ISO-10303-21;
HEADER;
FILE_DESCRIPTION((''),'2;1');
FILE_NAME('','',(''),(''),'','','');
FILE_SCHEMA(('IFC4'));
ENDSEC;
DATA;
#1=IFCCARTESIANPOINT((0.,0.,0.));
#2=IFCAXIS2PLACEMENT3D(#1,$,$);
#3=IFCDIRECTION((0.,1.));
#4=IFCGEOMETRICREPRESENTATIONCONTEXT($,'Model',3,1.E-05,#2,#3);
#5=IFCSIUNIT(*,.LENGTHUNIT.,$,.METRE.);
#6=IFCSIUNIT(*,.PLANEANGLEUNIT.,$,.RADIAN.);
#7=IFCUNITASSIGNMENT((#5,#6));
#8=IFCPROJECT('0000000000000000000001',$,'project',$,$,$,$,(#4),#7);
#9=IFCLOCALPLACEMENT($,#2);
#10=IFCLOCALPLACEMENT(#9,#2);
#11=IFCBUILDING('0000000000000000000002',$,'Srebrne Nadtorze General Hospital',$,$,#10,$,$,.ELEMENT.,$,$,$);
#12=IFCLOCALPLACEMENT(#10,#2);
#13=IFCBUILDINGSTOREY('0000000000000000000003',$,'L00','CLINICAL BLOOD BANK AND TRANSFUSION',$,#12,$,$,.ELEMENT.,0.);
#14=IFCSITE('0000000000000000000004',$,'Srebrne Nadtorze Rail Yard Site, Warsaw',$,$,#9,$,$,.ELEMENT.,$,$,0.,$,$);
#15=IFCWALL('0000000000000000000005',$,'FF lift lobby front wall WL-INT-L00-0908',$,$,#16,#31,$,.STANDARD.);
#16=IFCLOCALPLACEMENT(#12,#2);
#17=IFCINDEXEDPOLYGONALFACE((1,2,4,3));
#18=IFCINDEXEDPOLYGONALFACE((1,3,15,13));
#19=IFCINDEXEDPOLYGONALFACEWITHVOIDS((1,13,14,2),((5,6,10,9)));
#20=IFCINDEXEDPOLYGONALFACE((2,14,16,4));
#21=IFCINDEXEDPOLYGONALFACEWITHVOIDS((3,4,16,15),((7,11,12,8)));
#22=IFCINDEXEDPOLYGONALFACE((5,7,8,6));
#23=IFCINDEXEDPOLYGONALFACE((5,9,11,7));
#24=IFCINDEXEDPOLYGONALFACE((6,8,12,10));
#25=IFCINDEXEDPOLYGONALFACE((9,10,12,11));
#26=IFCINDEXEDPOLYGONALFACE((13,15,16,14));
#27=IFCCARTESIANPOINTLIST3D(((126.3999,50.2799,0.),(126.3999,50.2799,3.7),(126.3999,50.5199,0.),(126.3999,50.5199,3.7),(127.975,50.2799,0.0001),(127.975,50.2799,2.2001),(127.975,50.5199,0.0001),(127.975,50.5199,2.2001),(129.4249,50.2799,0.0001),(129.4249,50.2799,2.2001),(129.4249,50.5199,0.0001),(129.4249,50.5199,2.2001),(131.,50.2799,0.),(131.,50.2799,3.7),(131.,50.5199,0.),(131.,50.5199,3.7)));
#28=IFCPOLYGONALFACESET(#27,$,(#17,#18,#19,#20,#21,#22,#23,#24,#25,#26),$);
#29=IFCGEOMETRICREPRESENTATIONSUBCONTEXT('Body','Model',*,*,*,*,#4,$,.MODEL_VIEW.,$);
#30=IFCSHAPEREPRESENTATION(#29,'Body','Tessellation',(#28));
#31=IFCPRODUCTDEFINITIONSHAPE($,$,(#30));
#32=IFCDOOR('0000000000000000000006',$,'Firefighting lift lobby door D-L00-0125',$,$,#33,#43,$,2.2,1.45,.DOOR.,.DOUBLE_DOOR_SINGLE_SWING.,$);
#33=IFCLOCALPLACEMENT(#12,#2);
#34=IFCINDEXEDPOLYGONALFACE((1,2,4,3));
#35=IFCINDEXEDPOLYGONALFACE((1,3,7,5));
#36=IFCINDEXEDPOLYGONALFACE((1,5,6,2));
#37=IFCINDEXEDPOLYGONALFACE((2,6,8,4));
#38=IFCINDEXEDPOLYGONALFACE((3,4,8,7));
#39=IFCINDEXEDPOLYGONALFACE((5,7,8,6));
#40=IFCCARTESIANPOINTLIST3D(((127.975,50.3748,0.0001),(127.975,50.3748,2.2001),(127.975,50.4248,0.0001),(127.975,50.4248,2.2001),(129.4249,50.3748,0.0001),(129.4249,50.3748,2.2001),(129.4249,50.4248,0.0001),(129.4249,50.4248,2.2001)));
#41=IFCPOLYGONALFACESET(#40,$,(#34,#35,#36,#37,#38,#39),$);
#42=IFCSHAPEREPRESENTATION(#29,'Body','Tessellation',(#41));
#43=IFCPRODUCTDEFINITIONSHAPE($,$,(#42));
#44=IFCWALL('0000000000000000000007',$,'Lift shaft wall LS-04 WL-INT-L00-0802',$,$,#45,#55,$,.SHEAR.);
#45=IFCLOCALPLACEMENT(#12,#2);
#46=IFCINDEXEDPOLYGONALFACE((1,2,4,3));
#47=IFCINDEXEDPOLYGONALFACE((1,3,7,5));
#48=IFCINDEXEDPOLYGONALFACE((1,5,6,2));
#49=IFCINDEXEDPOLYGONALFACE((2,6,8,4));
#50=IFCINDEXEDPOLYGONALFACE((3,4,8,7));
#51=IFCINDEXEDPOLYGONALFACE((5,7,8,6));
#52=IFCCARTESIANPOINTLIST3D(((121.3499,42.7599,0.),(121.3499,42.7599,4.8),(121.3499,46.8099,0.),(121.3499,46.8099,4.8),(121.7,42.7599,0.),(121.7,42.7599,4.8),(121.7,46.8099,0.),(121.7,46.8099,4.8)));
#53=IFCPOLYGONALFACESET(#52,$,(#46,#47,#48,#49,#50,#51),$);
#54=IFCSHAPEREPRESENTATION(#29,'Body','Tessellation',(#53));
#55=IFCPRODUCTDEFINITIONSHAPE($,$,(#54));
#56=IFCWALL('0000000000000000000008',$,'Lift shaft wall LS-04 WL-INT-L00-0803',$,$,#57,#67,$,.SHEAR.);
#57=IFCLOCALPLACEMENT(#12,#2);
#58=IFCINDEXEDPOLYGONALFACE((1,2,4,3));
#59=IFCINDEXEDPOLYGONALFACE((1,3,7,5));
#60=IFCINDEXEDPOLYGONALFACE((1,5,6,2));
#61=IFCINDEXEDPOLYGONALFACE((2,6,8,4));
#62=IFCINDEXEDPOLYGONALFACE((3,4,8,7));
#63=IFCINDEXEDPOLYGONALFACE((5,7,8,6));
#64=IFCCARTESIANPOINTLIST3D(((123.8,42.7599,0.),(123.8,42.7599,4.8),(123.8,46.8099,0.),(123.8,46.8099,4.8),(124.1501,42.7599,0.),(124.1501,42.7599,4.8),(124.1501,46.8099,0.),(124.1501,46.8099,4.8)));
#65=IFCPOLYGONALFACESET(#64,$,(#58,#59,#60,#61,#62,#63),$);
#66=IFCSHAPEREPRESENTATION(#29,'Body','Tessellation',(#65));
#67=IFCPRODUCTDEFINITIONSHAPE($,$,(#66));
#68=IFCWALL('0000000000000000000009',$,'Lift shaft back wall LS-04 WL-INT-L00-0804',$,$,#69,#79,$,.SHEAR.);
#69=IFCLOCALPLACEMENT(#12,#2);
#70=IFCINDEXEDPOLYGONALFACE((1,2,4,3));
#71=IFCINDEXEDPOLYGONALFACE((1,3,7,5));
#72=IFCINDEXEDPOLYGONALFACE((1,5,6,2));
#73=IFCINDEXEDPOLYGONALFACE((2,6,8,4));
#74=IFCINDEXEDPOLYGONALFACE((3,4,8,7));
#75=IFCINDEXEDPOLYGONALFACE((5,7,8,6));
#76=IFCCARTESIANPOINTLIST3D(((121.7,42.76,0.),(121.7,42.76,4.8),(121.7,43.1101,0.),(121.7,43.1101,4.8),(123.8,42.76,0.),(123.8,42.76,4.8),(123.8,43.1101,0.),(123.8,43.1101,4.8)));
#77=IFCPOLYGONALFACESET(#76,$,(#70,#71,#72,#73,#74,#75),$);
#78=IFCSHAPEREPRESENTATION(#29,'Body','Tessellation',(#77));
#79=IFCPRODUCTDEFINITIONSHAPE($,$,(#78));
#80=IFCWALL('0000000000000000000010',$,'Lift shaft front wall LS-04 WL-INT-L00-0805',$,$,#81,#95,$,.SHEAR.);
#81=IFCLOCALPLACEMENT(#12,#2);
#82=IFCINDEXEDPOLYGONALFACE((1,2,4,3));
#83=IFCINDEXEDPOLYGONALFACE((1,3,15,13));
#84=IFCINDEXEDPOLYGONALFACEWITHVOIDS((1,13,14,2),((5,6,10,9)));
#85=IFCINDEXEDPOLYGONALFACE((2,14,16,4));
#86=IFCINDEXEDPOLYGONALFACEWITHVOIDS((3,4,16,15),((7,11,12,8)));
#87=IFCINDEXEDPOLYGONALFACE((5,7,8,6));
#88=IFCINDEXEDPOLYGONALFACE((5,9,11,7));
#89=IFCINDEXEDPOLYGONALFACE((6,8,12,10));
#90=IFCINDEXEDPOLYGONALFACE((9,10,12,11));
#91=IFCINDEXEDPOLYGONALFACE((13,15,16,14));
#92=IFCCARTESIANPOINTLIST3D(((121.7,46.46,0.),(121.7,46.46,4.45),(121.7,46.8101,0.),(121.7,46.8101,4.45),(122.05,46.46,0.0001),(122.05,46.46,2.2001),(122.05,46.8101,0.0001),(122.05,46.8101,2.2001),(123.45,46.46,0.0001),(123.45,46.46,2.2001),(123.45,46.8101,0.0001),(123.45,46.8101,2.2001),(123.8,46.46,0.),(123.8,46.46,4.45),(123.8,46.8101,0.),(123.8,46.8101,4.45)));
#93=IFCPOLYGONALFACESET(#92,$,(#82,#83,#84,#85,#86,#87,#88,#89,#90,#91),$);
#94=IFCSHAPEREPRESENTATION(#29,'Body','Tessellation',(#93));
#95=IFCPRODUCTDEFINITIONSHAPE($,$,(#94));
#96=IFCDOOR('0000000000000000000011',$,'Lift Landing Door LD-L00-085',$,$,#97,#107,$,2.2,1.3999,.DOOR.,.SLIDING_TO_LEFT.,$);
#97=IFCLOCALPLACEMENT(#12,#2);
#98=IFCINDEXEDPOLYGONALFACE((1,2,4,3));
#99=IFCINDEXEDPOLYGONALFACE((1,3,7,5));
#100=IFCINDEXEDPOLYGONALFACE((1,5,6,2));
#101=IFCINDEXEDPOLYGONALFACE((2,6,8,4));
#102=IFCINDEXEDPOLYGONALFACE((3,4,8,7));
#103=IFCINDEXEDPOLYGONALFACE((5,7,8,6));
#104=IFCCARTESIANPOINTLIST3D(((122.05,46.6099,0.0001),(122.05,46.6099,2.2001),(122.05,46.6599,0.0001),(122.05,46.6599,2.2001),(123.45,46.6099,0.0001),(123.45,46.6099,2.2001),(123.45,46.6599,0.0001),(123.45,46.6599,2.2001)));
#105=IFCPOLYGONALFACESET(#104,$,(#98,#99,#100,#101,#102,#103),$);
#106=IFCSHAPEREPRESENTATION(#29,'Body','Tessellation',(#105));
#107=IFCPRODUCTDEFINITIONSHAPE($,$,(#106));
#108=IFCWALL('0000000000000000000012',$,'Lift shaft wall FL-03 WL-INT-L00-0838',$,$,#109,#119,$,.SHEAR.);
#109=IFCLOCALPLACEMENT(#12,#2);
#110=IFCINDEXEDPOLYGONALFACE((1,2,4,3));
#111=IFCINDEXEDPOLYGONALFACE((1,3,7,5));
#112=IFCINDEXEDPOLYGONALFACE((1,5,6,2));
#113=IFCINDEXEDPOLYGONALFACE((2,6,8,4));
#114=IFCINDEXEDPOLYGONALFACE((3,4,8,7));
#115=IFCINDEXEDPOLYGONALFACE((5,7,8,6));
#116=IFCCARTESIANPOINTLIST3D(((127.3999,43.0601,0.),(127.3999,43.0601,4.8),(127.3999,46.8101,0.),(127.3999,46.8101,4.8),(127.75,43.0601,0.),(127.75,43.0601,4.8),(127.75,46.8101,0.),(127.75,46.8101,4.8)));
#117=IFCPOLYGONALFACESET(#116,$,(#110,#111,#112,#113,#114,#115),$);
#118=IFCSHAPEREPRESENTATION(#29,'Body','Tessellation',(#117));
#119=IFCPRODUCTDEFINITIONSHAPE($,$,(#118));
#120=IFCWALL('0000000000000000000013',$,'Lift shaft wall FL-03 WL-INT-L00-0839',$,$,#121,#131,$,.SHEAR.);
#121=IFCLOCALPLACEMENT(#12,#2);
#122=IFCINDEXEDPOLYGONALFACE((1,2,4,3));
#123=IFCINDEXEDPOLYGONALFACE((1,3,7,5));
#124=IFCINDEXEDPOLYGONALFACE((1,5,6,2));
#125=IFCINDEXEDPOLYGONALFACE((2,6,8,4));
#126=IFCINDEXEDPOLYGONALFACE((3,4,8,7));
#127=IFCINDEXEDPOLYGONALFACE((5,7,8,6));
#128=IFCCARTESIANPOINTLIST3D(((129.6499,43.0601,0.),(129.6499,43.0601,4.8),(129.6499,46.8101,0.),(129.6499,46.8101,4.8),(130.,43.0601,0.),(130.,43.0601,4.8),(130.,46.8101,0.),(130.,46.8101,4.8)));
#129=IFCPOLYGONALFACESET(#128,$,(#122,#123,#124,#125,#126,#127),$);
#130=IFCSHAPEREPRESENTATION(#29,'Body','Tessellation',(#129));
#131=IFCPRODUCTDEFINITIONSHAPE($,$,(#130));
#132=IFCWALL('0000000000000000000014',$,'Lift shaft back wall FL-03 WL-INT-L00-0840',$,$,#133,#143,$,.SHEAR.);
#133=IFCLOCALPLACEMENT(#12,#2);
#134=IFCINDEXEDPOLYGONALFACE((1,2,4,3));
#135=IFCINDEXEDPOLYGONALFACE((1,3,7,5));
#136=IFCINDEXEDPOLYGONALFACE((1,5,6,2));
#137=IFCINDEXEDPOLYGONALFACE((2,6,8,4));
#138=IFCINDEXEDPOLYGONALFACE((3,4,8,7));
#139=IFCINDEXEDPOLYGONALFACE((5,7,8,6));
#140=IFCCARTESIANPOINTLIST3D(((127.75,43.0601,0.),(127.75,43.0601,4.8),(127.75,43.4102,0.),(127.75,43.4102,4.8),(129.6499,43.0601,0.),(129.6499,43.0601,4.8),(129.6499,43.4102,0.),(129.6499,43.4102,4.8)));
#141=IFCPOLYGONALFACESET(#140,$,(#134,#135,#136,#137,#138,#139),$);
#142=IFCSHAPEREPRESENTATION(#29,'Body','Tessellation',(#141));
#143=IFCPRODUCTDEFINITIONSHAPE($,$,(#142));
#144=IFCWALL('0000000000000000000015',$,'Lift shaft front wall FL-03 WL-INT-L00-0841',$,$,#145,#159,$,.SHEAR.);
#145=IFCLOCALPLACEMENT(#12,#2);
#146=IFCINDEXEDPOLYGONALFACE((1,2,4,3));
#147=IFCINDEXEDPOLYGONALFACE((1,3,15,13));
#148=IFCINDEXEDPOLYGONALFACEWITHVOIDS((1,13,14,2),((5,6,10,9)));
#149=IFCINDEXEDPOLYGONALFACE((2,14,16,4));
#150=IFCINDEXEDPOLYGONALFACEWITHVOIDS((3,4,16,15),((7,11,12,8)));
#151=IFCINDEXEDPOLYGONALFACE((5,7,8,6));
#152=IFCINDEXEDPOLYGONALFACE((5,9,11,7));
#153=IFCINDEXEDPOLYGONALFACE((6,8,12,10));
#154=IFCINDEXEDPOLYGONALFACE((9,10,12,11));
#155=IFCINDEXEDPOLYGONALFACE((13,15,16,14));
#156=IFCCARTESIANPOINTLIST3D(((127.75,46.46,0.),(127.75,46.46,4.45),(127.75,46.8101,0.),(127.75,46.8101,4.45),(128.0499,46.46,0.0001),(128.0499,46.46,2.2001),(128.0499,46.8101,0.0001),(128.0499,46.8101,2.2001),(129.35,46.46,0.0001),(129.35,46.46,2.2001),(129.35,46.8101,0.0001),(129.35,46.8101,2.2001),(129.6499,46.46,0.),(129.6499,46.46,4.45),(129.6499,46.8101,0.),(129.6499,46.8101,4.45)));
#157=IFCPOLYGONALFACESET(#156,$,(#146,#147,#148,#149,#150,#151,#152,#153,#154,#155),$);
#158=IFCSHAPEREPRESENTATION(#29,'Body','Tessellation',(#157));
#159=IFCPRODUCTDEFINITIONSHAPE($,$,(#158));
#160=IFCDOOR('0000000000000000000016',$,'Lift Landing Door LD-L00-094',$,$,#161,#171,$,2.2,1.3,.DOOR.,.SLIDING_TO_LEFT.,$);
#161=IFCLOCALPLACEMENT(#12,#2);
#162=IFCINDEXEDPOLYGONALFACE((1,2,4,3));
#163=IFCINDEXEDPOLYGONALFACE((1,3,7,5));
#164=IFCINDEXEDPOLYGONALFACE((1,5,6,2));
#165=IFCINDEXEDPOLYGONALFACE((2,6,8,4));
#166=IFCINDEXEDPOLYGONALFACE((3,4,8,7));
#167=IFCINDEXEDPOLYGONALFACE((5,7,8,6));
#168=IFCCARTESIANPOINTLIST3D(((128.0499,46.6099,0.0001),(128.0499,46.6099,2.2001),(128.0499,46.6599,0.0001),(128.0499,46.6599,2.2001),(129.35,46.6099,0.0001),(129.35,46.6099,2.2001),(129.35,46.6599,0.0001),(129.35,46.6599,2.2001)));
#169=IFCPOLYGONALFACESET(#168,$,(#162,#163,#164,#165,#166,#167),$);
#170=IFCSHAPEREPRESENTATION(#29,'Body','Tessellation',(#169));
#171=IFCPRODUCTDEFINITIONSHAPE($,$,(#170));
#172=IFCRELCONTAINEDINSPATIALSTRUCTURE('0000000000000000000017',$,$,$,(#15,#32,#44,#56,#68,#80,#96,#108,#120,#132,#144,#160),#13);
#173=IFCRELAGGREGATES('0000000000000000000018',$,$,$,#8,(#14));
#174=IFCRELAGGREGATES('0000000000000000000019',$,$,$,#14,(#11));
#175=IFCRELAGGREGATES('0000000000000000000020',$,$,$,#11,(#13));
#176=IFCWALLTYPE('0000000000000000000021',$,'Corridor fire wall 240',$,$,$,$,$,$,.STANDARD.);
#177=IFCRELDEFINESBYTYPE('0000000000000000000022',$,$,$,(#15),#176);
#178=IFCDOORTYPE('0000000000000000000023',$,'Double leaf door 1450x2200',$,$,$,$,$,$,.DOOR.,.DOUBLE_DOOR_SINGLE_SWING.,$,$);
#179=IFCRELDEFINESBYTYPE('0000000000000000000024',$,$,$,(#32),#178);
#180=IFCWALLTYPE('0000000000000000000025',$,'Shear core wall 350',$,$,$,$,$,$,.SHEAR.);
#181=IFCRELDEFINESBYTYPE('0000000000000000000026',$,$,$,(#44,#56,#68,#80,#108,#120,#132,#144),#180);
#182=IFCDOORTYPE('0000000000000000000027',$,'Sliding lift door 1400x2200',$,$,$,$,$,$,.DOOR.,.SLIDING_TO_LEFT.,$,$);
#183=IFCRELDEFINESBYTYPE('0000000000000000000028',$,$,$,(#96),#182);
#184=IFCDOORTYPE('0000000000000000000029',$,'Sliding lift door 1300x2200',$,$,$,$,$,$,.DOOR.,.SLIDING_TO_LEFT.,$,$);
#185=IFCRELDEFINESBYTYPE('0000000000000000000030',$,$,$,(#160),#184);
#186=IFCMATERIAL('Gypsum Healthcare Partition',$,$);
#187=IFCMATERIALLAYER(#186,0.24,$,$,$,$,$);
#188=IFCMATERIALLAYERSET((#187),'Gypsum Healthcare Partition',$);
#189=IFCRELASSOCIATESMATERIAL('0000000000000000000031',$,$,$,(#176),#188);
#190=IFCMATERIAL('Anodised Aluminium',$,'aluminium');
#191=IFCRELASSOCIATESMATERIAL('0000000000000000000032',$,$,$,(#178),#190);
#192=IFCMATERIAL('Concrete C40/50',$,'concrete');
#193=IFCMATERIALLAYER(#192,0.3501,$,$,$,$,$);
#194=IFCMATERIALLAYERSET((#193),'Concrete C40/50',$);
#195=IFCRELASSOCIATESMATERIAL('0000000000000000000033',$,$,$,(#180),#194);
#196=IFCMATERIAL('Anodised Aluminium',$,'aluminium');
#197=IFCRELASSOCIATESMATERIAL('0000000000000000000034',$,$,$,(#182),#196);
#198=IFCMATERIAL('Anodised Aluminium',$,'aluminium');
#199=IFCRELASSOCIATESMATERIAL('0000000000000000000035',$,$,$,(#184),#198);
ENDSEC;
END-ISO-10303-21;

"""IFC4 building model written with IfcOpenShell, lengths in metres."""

from ifc_helpers import new_model, si_unit, direction, frame, frame_2d, origin, place, context, subcontext, project, spatial, rectangle, extrude, material, layer, layer_set, type_object, element, fill, save


model = new_model("IFC4")

# Units and contexts
model_context = context("Model", 3, precision=1e-05, world=origin(), true_north=direction((0.0, 1.0)))
body_context = subcontext(model_context, "Body", "Model", "MODEL_VIEW")
ifc_project = project(units=[si_unit("LENGTHUNIT", "METRE"), si_unit("PLANEANGLEUNIT", "RADIAN")], contexts=[model_context])

# Site, building, storey
site_placement = place(None, origin())
site = spatial("IfcSite", under=ifc_project, at=site_placement, Name="Srebrne Nadtorze Rail Yard Site, Warsaw", CompositionType="ELEMENT", RefElevation=0.0)
building_placement = place(site_placement, origin())
building = spatial("IfcBuilding", under=site, at=building_placement, Name="Srebrne Nadtorze General Hospital", CompositionType="ELEMENT")
storey_placement = place(building_placement, origin())
storey = spatial("IfcBuildingStorey", under=building, at=storey_placement, Name="L00", Description="CLINICAL BLOOD BANK AND TRANSFUSION", CompositionType="ELEMENT", Elevation=0.0)

# Shared definitions
ifc_material_1 = material(Name="Gypsum Healthcare Partition")
ifc_layer_1 = layer(ifc_material_1, 0.24)
ifc_layer_set_1 = layer_set([ifc_layer_1], Name="Gypsum Healthcare Partition")
wall_type_1 = type_object("IfcWallType", Name="Corridor fire wall 240", PredefinedType="STANDARD", material=ifc_layer_set_1)

# Wall, opening, door
wall_1_placement = place(storey_placement, frame((126.3999, 50.3999, 0.0), z_axis=(0.0, 0.0, 1.0), x_axis=(1.0, 0.0, 0.0)))
wall_1 = element("IfcWall", 1, at=wall_1_placement, inside=storey, type_object=wall_type_1, Name="FF lift lobby front wall WL-INT-L00-0908", PredefinedType="STANDARD", context=body_context, shape_type="SweptSolid", body=[
    extrude(rectangle(XDim=4.6001, YDim=0.24, at=frame_2d((2.3, 0.0))), origin(), (0.0, 0.0, 1.0), 3.7),
])
opening_1_placement = place(wall_1_placement, frame((1.575, 0.0, 0.0)))
opening_1 = element("IfcOpeningElement", 2, at=opening_1_placement, cuts=wall_1, PredefinedType="OPENING", context=body_context, shape_type="SweptSolid", body=[
    extrude(rectangle(XDim=1.45, YDim=2.2, at=frame_2d((0.7251, 1.1001))), frame((0.0, 0.1318, 0.0), z_axis=(0.0, -1.0, 0.0), x_axis=(1.0, 0.0, 0.0)), (0.0, 0.0, 1.0), 0.2639),
])
ifc_material_2 = material(Name="Anodised Aluminium", Category="aluminium")
door_type_1 = type_object("IfcDoorType", Name="Double leaf door 1450x2200", OperationType="DOUBLE_DOOR_SINGLE_SWING", PredefinedType="DOOR", material=ifc_material_2)
door_1_placement = place(opening_1_placement, origin())
door_1 = element("IfcDoor", 3, at=door_1_placement, inside=storey, type_object=door_type_1, Name="Firefighting lift lobby door D-L00-0125", OperationType="DOUBLE_DOOR_SINGLE_SWING", OverallHeight=2.2, OverallWidth=1.45, PredefinedType="DOOR", context=body_context, shape_type="SweptSolid", body=[
    extrude(rectangle(XDim=1.45, YDim=2.2, at=frame_2d((0.7251, 1.1001))), frame((0.0, 0.0249, 0.0), z_axis=(0.0, -1.0, 0.0), x_axis=(1.0, 0.0, 0.0)), (0.0, 0.0, 1.0), 0.05),
])
fill(opening_1, door_1)

# Walls
ifc_material_3 = material(Name="Concrete C40/50", Category="concrete")
ifc_layer_2 = layer(ifc_material_3, 0.3501)
ifc_layer_set_2 = layer_set([ifc_layer_2], Name="Concrete C40/50")
wall_type_2 = type_object("IfcWallType", Name="Shear core wall 350", PredefinedType="SHEAR", material=ifc_layer_set_2)
for number, where, z_axis, x_axis, name in (
    (4, (121.5249, 42.76, 0.0), (0.0, 0.0, 1.0), (0.0, 1.0, 0.0), "Lift shaft wall LS-04 WL-INT-L00-0802"),
    (5, (123.9751, 42.76, 0.0), (0.0, 0.0, 1.0), (0.0, 1.0, 0.0), "Lift shaft wall LS-04 WL-INT-L00-0803"),
):
    element("IfcWall", number, at=place(storey_placement, frame(where, z_axis=z_axis, x_axis=x_axis)), inside=storey, type_object=wall_type_2, Name=name, PredefinedType="SHEAR", context=body_context, shape_type="SweptSolid", body=[
        extrude(rectangle(XDim=4.05, YDim=0.3501, at=frame_2d((2.0249, 0.0))), origin(), (0.0, 0.0, 1.0), 4.8),
    ])
wall_2_placement = place(storey_placement, frame((121.7, 42.9351, 0.0), z_axis=(0.0, 0.0, 1.0), x_axis=(1.0, 0.0, 0.0)))
element("IfcWall", 6, at=wall_2_placement, inside=storey, type_object=wall_type_2, Name="Lift shaft back wall LS-04 WL-INT-L00-0804", PredefinedType="SHEAR", context=body_context, shape_type="SweptSolid", body=[
    extrude(rectangle(XDim=2.1001, YDim=0.3501, at=frame_2d((1.05, 0.0))), origin(), (0.0, 0.0, 1.0), 4.8),
])

# Wall, opening, door
wall_3_placement = place(storey_placement, frame((121.7, 46.635, 0.0), z_axis=(0.0, 0.0, 1.0), x_axis=(1.0, 0.0, 0.0)))
wall_3 = element("IfcWall", 7, at=wall_3_placement, inside=storey, type_object=wall_type_2, Name="Lift shaft front wall LS-04 WL-INT-L00-0805", PredefinedType="SHEAR", context=body_context, shape_type="SweptSolid", body=[
    extrude(rectangle(XDim=2.1001, YDim=0.3501, at=frame_2d((1.05, 0.0))), origin(), (0.0, 0.0, 1.0), 4.45),
])
opening_2_placement = place(wall_3_placement, frame((0.3501, 0.0, 0.0)))
opening_2 = element("IfcOpeningElement", 8, at=opening_2_placement, cuts=wall_3, PredefinedType="OPENING", context=body_context, shape_type="SweptSolid", body=[
    extrude(rectangle(XDim=1.3999, YDim=2.2, at=frame_2d((0.7, 1.1001))), frame((0.0, 0.187, 0.0), z_axis=(0.0, -1.0, 0.0), x_axis=(1.0, 0.0, 0.0)), (0.0, 0.0, 1.0), 0.374),
])
ifc_material_4 = material(Name="Anodised Aluminium", Category="aluminium")
door_type_2 = type_object("IfcDoorType", Name="Sliding lift door 1400x2200", OperationType="SLIDING_TO_LEFT", PredefinedType="DOOR", material=ifc_material_4)
door_2_placement = place(opening_2_placement, origin())
door_2 = element("IfcDoor", 9, at=door_2_placement, inside=storey, type_object=door_type_2, Name="Lift Landing Door LD-L00-085", OperationType="SLIDING_TO_LEFT", OverallHeight=2.2, OverallWidth=1.3999, PredefinedType="DOOR", context=body_context, shape_type="SweptSolid", body=[
    extrude(rectangle(XDim=1.3999, YDim=2.2, at=frame_2d((0.7, 1.1001))), frame((0.0, 0.0249, 0.0), z_axis=(0.0, -1.0, 0.0), x_axis=(1.0, 0.0, 0.0)), (0.0, 0.0, 1.0), 0.05),
])
fill(opening_2, door_2)

# Walls
for number, where, z_axis, x_axis, name in (
    (10, (127.575, 43.0601, 0.0), (0.0, 0.0, 1.0), (0.0, 1.0, 0.0), "Lift shaft wall FL-03 WL-INT-L00-0838"),
    (11, (129.825, 43.0601, 0.0), (0.0, 0.0, 1.0), (0.0, 1.0, 0.0), "Lift shaft wall FL-03 WL-INT-L00-0839"),
):
    element("IfcWall", number, at=place(storey_placement, frame(where, z_axis=z_axis, x_axis=x_axis)), inside=storey, type_object=wall_type_2, Name=name, PredefinedType="SHEAR", context=body_context, shape_type="SweptSolid", body=[
        extrude(rectangle(XDim=3.75, YDim=0.3501, at=frame_2d((1.875, 0.0))), origin(), (0.0, 0.0, 1.0), 4.8),
    ])
wall_4_placement = place(storey_placement, frame((127.75, 43.2351, 0.0), z_axis=(0.0, 0.0, 1.0), x_axis=(1.0, 0.0, 0.0)))
element("IfcWall", 12, at=wall_4_placement, inside=storey, type_object=wall_type_2, Name="Lift shaft back wall FL-03 WL-INT-L00-0840", PredefinedType="SHEAR", context=body_context, shape_type="SweptSolid", body=[
    extrude(rectangle(XDim=1.8999, YDim=0.3501, at=frame_2d((0.95, 0.0))), origin(), (0.0, 0.0, 1.0), 4.8),
])

# Wall, opening, door
wall_5_placement = place(storey_placement, frame((127.75, 46.635, 0.0), z_axis=(0.0, 0.0, 1.0), x_axis=(1.0, 0.0, 0.0)))
wall_5 = element("IfcWall", 13, at=wall_5_placement, inside=storey, type_object=wall_type_2, Name="Lift shaft front wall FL-03 WL-INT-L00-0841", PredefinedType="SHEAR", context=body_context, shape_type="SweptSolid", body=[
    extrude(rectangle(XDim=1.8999, YDim=0.3501, at=frame_2d((0.95, 0.0))), origin(), (0.0, 0.0, 1.0), 4.45),
])
opening_3_placement = place(wall_5_placement, frame((0.3, 0.0, 0.0)))
opening_3 = element("IfcOpeningElement", 14, at=opening_3_placement, cuts=wall_5, PredefinedType="OPENING", context=body_context, shape_type="SweptSolid", body=[
    extrude(rectangle(XDim=1.3, YDim=2.2, at=frame_2d((0.6499, 1.1001))), frame((0.0, 0.187, 0.0), z_axis=(0.0, -1.0, 0.0), x_axis=(1.0, 0.0, 0.0)), (0.0, 0.0, 1.0), 0.374),
])
ifc_material_5 = material(Name="Anodised Aluminium", Category="aluminium")
door_type_3 = type_object("IfcDoorType", Name="Sliding lift door 1300x2200", OperationType="SLIDING_TO_LEFT", PredefinedType="DOOR", material=ifc_material_5)
door_3_placement = place(opening_3_placement, origin())
door_3 = element("IfcDoor", 15, at=door_3_placement, inside=storey, type_object=door_type_3, Name="Lift Landing Door LD-L00-094", OperationType="SLIDING_TO_LEFT", OverallHeight=2.2, OverallWidth=1.3, PredefinedType="DOOR", context=body_context, shape_type="SweptSolid", body=[
    extrude(rectangle(XDim=1.3, YDim=2.2, at=frame_2d((0.6499, 1.1001))), frame((0.0, 0.0249, 0.0), z_axis=(0.0, -1.0, 0.0), x_axis=(1.0, 0.0, 0.0)), (0.0, 0.0, 1.0), 0.05),
])
fill(opening_3, door_3)

save(model, "model.ifc")
